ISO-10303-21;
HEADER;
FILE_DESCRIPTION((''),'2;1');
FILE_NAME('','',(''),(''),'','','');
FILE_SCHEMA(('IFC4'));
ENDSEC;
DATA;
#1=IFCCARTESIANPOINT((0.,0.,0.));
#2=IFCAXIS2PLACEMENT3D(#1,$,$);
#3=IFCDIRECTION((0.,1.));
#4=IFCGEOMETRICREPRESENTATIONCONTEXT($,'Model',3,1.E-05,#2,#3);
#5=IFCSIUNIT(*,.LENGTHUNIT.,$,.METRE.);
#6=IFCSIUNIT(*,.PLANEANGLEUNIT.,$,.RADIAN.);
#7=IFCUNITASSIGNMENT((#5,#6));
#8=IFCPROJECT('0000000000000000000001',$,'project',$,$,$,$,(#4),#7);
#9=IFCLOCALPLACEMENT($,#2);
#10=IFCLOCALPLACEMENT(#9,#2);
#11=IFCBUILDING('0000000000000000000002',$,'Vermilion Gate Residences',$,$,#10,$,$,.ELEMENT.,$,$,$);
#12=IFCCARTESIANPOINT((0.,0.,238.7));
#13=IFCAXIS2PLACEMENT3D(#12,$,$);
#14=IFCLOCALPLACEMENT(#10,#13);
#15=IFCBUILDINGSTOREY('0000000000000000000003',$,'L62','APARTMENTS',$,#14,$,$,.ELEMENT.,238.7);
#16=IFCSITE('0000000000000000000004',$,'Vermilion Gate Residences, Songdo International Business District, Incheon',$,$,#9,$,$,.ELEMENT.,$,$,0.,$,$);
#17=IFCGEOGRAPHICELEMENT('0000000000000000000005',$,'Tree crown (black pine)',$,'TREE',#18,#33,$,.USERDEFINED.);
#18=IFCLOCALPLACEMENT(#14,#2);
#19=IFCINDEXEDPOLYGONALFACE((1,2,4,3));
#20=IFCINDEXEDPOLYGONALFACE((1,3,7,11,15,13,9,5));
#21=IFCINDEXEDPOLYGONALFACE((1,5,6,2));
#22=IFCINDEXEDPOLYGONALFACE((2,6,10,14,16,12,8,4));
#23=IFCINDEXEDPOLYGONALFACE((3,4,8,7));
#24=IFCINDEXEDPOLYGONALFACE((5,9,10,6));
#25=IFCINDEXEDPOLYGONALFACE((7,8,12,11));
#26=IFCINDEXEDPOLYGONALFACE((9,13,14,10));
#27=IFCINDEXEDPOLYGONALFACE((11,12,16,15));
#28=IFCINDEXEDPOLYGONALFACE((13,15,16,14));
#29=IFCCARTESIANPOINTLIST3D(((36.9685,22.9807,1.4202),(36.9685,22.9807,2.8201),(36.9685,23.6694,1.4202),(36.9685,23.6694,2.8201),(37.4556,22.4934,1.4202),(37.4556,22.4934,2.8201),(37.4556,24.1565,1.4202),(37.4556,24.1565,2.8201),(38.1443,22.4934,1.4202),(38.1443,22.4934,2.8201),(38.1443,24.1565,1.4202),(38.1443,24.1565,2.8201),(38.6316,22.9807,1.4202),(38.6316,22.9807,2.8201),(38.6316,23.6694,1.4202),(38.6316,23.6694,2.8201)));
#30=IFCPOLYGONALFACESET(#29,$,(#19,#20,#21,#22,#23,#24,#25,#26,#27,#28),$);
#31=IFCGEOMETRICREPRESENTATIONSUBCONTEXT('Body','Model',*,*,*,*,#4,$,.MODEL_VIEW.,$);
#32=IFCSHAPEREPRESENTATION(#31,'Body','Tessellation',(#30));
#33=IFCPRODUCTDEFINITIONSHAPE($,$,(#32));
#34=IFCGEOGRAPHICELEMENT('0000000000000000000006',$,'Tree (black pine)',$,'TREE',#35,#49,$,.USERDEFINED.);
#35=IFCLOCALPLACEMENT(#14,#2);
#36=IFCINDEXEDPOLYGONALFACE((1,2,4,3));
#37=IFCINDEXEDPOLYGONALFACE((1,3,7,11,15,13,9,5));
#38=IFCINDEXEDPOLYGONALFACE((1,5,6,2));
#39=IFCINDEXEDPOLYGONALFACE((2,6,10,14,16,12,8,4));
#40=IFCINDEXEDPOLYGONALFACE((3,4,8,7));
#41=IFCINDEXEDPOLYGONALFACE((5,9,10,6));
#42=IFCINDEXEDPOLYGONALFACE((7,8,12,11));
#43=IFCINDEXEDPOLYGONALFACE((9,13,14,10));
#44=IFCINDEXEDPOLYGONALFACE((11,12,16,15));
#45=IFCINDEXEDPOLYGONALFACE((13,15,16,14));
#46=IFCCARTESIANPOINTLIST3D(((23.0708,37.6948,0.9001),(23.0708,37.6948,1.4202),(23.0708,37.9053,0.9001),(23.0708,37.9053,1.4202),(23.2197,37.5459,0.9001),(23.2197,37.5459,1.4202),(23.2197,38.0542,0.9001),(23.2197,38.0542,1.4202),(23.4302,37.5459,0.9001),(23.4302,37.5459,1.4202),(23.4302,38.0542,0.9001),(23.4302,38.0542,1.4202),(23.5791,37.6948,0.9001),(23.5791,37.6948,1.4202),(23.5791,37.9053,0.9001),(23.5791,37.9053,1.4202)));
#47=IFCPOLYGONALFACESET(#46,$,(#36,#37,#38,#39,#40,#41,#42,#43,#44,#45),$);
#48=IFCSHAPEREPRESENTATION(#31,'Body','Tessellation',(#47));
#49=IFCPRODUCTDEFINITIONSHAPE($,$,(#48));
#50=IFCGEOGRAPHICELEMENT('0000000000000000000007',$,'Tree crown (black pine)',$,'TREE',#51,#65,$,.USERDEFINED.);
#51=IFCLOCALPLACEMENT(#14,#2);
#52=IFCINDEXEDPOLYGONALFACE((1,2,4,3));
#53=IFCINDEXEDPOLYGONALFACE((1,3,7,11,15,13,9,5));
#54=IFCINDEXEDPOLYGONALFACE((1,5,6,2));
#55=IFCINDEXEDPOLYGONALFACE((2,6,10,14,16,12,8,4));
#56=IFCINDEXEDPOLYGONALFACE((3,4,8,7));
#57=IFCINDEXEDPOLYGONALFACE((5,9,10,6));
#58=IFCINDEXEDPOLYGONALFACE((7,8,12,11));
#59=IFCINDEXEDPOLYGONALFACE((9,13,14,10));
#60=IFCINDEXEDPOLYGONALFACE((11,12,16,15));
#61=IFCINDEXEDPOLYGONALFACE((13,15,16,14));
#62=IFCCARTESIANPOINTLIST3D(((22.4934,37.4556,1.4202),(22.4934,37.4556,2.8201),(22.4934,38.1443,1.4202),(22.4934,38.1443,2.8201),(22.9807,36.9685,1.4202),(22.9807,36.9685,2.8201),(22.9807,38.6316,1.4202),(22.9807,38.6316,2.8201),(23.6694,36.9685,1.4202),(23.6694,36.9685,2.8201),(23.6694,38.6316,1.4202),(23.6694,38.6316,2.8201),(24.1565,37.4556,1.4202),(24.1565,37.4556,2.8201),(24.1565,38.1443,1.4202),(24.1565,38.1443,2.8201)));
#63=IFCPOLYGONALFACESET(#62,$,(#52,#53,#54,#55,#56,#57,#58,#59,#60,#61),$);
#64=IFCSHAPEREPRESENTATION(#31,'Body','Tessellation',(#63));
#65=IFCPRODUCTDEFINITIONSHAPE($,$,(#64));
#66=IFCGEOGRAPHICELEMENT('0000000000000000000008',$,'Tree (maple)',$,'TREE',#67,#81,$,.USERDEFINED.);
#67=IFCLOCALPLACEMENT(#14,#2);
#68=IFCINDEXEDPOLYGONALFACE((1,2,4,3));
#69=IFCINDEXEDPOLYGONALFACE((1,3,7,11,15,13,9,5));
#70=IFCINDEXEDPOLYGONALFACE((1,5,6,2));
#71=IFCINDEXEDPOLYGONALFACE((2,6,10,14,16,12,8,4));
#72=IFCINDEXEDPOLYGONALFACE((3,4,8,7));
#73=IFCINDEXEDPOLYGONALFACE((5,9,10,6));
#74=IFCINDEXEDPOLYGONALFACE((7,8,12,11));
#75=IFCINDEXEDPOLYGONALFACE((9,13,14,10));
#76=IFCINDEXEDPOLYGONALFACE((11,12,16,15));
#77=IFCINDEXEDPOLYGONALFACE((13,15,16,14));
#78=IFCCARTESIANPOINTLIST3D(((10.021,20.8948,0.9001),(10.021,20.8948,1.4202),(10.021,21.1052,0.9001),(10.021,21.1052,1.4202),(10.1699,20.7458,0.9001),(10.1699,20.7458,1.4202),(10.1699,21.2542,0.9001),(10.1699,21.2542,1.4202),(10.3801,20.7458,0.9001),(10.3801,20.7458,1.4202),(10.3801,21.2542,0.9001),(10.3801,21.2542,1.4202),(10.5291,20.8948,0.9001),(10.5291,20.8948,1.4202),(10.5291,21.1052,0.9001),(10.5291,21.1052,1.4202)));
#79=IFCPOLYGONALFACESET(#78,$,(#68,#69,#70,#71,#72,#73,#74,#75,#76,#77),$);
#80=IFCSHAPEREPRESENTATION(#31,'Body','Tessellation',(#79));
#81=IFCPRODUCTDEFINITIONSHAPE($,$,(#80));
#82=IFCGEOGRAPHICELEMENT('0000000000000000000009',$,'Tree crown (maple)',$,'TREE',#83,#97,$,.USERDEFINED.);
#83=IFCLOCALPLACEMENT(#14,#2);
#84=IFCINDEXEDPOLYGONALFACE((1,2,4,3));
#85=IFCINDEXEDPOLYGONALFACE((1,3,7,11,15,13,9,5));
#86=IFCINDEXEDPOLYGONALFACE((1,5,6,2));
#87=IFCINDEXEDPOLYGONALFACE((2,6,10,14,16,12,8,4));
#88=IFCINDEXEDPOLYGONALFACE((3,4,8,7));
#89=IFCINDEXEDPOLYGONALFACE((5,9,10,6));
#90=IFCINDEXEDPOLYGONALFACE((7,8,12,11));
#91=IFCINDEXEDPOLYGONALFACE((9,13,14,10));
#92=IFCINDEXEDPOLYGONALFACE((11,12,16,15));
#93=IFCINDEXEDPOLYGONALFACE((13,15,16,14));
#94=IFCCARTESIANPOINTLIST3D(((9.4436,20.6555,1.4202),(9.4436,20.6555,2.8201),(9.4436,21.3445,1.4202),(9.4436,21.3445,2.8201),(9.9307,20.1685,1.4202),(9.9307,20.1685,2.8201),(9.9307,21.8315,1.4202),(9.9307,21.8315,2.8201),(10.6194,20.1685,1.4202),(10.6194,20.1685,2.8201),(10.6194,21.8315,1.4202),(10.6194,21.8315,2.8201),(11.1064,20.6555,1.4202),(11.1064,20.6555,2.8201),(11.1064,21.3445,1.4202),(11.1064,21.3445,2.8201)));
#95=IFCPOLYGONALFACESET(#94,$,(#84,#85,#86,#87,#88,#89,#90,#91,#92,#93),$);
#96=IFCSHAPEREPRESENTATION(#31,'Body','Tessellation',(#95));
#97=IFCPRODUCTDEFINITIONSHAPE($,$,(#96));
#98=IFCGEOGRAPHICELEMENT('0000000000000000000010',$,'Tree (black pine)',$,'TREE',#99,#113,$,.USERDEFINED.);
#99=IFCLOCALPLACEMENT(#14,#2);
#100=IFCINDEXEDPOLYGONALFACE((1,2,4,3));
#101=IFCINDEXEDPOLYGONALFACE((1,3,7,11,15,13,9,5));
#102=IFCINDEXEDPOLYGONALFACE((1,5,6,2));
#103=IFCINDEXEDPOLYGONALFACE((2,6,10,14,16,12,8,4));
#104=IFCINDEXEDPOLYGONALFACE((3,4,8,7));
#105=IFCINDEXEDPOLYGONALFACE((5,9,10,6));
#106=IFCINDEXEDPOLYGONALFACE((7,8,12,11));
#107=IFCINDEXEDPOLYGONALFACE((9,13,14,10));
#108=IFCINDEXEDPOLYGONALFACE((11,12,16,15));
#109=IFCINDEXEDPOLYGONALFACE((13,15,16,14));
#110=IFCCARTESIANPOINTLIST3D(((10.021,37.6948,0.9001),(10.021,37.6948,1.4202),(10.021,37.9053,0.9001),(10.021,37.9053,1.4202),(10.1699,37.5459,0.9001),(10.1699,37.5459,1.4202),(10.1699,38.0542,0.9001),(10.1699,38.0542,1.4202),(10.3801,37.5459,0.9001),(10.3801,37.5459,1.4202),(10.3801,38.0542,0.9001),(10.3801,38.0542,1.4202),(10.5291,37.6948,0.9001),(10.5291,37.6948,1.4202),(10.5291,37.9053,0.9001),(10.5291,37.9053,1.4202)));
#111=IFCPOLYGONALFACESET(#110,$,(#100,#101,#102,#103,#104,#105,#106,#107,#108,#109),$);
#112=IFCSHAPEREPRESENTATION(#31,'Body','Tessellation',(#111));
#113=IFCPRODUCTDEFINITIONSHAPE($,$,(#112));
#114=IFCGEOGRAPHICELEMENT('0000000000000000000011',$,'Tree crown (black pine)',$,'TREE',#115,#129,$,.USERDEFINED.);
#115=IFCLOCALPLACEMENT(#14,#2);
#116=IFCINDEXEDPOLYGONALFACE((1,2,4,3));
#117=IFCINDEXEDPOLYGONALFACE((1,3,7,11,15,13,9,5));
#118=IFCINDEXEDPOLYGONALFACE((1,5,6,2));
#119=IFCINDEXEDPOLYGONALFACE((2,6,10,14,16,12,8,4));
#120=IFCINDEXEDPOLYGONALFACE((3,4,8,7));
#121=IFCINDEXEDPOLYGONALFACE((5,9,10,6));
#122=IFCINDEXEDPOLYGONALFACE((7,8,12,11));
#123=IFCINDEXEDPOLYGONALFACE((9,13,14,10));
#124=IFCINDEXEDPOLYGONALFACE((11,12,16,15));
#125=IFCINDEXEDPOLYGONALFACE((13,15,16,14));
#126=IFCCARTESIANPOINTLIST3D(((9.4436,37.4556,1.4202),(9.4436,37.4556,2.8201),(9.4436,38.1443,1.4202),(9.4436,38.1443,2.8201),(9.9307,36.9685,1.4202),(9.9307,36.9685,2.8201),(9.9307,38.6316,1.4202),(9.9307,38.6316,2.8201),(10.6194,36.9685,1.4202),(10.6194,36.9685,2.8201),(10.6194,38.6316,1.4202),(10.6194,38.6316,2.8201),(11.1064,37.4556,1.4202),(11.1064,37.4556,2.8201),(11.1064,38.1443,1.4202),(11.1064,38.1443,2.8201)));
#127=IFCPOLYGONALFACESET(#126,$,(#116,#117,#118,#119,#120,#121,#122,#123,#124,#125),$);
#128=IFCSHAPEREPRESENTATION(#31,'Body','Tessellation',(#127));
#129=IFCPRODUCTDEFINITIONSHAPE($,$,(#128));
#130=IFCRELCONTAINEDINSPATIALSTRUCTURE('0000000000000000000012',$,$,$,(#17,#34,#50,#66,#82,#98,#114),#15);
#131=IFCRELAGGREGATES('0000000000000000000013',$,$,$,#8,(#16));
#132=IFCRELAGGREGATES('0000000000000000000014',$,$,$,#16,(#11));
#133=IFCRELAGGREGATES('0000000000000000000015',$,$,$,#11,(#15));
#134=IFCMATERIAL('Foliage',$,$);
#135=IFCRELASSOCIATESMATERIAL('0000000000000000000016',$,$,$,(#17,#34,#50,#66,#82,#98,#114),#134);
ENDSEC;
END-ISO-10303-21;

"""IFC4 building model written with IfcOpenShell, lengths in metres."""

from ifc_helpers import new_model, si_unit, direction, frame, origin, place, context, subcontext, project, spatial, polyline, outline, extrude, material, element, save


model = new_model("IFC4")

# Units and contexts
model_context = context("Model", 3, precision=1e-05, world=origin(), true_north=direction((0.0, 1.0)))
body_context = subcontext(model_context, "Body", "Model", "MODEL_VIEW")
ifc_project = project(units=[si_unit("LENGTHUNIT", "METRE"), si_unit("PLANEANGLEUNIT", "RADIAN")], contexts=[model_context])

# Site, building, storey
site_placement = place(None, origin())
site = spatial("IfcSite", under=ifc_project, at=site_placement, Name="Vermilion Gate Residences, Songdo International Business District, Incheon", CompositionType="ELEMENT", RefElevation=0.0)
building_placement = place(site_placement, origin())
building = spatial("IfcBuilding", under=site, at=building_placement, Name="Vermilion Gate Residences", CompositionType="ELEMENT")
storey_placement = place(building_placement, frame((0.0, 0.0, 238.7)))
storey = spatial("IfcBuildingStorey", under=building, at=storey_placement, Name="L62", Description="APARTMENTS", CompositionType="ELEMENT", Elevation=238.7)

# Geographic elements
ifc_material_1 = material(Name="Foliage")
geographic_element_1_placement = place(storey_placement, frame((0.0, 0.0, 1.4202)))
element("IfcGeographicElement", 1, at=geographic_element_1_placement, inside=storey, material=ifc_material_1, Name="Tree crown (black pine)", ObjectType="TREE", PredefinedType="USERDEFINED", context=body_context, shape_type="SweptSolid", body=[
    extrude(outline(polyline([(38.6316, 23.6694), (38.1443, 24.1565), (37.4556, 24.1565), (36.9685, 23.6694), (36.9685, 22.9807), (37.4556, 22.4934), (38.1443, 22.4934), (38.6316, 22.9807), (38.6316, 23.6694)])), origin(), (0.0, 0.0, 1.0), 1.3999),
])
geographic_element_2_placement = place(storey_placement, frame((0.0, 0.0, 0.9001)))
element("IfcGeographicElement", 2, at=geographic_element_2_placement, inside=storey, material=ifc_material_1, Name="Tree (black pine)", ObjectType="TREE", PredefinedType="USERDEFINED", context=body_context, shape_type="SweptSolid", body=[
    extrude(outline(polyline([(23.5791, 37.9053), (23.4302, 38.0542), (23.2197, 38.0542), (23.0708, 37.9053), (23.0708, 37.6948), (23.2197, 37.5459), (23.4302, 37.5459), (23.5791, 37.6948), (23.5791, 37.9053)])), origin(), (0.0, 0.0, 1.0), 0.52),
])
geographic_element_3_placement = place(storey_placement, frame((0.0, 0.0, 1.4202)))
element("IfcGeographicElement", 3, at=geographic_element_3_placement, inside=storey, material=ifc_material_1, Name="Tree crown (black pine)", ObjectType="TREE", PredefinedType="USERDEFINED", context=body_context, shape_type="SweptSolid", body=[
    extrude(outline(polyline([(24.1565, 38.1443), (23.6694, 38.6316), (22.9807, 38.6316), (22.4934, 38.1443), (22.4934, 37.4556), (22.9807, 36.9685), (23.6694, 36.9685), (24.1565, 37.4556), (24.1565, 38.1443)])), origin(), (0.0, 0.0, 1.0), 1.3999),
])
geographic_element_4_placement = place(storey_placement, frame((0.0, 0.0, 0.9001)))
element("IfcGeographicElement", 4, at=geographic_element_4_placement, inside=storey, material=ifc_material_1, Name="Tree (maple)", ObjectType="TREE", PredefinedType="USERDEFINED", context=body_context, shape_type="SweptSolid", body=[
    extrude(outline(polyline([(10.5291, 21.1052), (10.3801, 21.2542), (10.1699, 21.2542), (10.021, 21.1052), (10.021, 20.8948), (10.1699, 20.7458), (10.3801, 20.7458), (10.5291, 20.8948), (10.5291, 21.1052)])), origin(), (0.0, 0.0, 1.0), 0.52),
])
geographic_element_5_placement = place(storey_placement, frame((0.0, 0.0, 1.4202)))
element("IfcGeographicElement", 5, at=geographic_element_5_placement, inside=storey, material=ifc_material_1, Name="Tree crown (maple)", ObjectType="TREE", PredefinedType="USERDEFINED", context=body_context, shape_type="SweptSolid", body=[
    extrude(outline(polyline([(11.1064, 21.3445), (10.6194, 21.8315), (9.9307, 21.8315), (9.4436, 21.3445), (9.4436, 20.6555), (9.9307, 20.1685), (10.6194, 20.1685), (11.1064, 20.6555), (11.1064, 21.3445)])), origin(), (0.0, 0.0, 1.0), 1.3999),
])
geographic_element_6_placement = place(storey_placement, frame((0.0, 0.0, 0.9001)))
element("IfcGeographicElement", 6, at=geographic_element_6_placement, inside=storey, material=ifc_material_1, Name="Tree (black pine)", ObjectType="TREE", PredefinedType="USERDEFINED", context=body_context, shape_type="SweptSolid", body=[
    extrude(outline(polyline([(10.5291, 37.9053), (10.3801, 38.0542), (10.1699, 38.0542), (10.021, 37.9053), (10.021, 37.6948), (10.1699, 37.5459), (10.3801, 37.5459), (10.5291, 37.6948), (10.5291, 37.9053)])), origin(), (0.0, 0.0, 1.0), 0.52),
])
geographic_element_7_placement = place(storey_placement, frame((0.0, 0.0, 1.4202)))
element("IfcGeographicElement", 7, at=geographic_element_7_placement, inside=storey, material=ifc_material_1, Name="Tree crown (black pine)", ObjectType="TREE", PredefinedType="USERDEFINED", context=body_context, shape_type="SweptSolid", body=[
    extrude(outline(polyline([(11.1064, 38.1443), (10.6194, 38.6316), (9.9307, 38.6316), (9.4436, 38.1443), (9.4436, 37.4556), (9.9307, 36.9685), (10.6194, 36.9685), (11.1064, 37.4556), (11.1064, 38.1443)])), origin(), (0.0, 0.0, 1.0), 1.3999),
])

save(model, "model.ifc")
